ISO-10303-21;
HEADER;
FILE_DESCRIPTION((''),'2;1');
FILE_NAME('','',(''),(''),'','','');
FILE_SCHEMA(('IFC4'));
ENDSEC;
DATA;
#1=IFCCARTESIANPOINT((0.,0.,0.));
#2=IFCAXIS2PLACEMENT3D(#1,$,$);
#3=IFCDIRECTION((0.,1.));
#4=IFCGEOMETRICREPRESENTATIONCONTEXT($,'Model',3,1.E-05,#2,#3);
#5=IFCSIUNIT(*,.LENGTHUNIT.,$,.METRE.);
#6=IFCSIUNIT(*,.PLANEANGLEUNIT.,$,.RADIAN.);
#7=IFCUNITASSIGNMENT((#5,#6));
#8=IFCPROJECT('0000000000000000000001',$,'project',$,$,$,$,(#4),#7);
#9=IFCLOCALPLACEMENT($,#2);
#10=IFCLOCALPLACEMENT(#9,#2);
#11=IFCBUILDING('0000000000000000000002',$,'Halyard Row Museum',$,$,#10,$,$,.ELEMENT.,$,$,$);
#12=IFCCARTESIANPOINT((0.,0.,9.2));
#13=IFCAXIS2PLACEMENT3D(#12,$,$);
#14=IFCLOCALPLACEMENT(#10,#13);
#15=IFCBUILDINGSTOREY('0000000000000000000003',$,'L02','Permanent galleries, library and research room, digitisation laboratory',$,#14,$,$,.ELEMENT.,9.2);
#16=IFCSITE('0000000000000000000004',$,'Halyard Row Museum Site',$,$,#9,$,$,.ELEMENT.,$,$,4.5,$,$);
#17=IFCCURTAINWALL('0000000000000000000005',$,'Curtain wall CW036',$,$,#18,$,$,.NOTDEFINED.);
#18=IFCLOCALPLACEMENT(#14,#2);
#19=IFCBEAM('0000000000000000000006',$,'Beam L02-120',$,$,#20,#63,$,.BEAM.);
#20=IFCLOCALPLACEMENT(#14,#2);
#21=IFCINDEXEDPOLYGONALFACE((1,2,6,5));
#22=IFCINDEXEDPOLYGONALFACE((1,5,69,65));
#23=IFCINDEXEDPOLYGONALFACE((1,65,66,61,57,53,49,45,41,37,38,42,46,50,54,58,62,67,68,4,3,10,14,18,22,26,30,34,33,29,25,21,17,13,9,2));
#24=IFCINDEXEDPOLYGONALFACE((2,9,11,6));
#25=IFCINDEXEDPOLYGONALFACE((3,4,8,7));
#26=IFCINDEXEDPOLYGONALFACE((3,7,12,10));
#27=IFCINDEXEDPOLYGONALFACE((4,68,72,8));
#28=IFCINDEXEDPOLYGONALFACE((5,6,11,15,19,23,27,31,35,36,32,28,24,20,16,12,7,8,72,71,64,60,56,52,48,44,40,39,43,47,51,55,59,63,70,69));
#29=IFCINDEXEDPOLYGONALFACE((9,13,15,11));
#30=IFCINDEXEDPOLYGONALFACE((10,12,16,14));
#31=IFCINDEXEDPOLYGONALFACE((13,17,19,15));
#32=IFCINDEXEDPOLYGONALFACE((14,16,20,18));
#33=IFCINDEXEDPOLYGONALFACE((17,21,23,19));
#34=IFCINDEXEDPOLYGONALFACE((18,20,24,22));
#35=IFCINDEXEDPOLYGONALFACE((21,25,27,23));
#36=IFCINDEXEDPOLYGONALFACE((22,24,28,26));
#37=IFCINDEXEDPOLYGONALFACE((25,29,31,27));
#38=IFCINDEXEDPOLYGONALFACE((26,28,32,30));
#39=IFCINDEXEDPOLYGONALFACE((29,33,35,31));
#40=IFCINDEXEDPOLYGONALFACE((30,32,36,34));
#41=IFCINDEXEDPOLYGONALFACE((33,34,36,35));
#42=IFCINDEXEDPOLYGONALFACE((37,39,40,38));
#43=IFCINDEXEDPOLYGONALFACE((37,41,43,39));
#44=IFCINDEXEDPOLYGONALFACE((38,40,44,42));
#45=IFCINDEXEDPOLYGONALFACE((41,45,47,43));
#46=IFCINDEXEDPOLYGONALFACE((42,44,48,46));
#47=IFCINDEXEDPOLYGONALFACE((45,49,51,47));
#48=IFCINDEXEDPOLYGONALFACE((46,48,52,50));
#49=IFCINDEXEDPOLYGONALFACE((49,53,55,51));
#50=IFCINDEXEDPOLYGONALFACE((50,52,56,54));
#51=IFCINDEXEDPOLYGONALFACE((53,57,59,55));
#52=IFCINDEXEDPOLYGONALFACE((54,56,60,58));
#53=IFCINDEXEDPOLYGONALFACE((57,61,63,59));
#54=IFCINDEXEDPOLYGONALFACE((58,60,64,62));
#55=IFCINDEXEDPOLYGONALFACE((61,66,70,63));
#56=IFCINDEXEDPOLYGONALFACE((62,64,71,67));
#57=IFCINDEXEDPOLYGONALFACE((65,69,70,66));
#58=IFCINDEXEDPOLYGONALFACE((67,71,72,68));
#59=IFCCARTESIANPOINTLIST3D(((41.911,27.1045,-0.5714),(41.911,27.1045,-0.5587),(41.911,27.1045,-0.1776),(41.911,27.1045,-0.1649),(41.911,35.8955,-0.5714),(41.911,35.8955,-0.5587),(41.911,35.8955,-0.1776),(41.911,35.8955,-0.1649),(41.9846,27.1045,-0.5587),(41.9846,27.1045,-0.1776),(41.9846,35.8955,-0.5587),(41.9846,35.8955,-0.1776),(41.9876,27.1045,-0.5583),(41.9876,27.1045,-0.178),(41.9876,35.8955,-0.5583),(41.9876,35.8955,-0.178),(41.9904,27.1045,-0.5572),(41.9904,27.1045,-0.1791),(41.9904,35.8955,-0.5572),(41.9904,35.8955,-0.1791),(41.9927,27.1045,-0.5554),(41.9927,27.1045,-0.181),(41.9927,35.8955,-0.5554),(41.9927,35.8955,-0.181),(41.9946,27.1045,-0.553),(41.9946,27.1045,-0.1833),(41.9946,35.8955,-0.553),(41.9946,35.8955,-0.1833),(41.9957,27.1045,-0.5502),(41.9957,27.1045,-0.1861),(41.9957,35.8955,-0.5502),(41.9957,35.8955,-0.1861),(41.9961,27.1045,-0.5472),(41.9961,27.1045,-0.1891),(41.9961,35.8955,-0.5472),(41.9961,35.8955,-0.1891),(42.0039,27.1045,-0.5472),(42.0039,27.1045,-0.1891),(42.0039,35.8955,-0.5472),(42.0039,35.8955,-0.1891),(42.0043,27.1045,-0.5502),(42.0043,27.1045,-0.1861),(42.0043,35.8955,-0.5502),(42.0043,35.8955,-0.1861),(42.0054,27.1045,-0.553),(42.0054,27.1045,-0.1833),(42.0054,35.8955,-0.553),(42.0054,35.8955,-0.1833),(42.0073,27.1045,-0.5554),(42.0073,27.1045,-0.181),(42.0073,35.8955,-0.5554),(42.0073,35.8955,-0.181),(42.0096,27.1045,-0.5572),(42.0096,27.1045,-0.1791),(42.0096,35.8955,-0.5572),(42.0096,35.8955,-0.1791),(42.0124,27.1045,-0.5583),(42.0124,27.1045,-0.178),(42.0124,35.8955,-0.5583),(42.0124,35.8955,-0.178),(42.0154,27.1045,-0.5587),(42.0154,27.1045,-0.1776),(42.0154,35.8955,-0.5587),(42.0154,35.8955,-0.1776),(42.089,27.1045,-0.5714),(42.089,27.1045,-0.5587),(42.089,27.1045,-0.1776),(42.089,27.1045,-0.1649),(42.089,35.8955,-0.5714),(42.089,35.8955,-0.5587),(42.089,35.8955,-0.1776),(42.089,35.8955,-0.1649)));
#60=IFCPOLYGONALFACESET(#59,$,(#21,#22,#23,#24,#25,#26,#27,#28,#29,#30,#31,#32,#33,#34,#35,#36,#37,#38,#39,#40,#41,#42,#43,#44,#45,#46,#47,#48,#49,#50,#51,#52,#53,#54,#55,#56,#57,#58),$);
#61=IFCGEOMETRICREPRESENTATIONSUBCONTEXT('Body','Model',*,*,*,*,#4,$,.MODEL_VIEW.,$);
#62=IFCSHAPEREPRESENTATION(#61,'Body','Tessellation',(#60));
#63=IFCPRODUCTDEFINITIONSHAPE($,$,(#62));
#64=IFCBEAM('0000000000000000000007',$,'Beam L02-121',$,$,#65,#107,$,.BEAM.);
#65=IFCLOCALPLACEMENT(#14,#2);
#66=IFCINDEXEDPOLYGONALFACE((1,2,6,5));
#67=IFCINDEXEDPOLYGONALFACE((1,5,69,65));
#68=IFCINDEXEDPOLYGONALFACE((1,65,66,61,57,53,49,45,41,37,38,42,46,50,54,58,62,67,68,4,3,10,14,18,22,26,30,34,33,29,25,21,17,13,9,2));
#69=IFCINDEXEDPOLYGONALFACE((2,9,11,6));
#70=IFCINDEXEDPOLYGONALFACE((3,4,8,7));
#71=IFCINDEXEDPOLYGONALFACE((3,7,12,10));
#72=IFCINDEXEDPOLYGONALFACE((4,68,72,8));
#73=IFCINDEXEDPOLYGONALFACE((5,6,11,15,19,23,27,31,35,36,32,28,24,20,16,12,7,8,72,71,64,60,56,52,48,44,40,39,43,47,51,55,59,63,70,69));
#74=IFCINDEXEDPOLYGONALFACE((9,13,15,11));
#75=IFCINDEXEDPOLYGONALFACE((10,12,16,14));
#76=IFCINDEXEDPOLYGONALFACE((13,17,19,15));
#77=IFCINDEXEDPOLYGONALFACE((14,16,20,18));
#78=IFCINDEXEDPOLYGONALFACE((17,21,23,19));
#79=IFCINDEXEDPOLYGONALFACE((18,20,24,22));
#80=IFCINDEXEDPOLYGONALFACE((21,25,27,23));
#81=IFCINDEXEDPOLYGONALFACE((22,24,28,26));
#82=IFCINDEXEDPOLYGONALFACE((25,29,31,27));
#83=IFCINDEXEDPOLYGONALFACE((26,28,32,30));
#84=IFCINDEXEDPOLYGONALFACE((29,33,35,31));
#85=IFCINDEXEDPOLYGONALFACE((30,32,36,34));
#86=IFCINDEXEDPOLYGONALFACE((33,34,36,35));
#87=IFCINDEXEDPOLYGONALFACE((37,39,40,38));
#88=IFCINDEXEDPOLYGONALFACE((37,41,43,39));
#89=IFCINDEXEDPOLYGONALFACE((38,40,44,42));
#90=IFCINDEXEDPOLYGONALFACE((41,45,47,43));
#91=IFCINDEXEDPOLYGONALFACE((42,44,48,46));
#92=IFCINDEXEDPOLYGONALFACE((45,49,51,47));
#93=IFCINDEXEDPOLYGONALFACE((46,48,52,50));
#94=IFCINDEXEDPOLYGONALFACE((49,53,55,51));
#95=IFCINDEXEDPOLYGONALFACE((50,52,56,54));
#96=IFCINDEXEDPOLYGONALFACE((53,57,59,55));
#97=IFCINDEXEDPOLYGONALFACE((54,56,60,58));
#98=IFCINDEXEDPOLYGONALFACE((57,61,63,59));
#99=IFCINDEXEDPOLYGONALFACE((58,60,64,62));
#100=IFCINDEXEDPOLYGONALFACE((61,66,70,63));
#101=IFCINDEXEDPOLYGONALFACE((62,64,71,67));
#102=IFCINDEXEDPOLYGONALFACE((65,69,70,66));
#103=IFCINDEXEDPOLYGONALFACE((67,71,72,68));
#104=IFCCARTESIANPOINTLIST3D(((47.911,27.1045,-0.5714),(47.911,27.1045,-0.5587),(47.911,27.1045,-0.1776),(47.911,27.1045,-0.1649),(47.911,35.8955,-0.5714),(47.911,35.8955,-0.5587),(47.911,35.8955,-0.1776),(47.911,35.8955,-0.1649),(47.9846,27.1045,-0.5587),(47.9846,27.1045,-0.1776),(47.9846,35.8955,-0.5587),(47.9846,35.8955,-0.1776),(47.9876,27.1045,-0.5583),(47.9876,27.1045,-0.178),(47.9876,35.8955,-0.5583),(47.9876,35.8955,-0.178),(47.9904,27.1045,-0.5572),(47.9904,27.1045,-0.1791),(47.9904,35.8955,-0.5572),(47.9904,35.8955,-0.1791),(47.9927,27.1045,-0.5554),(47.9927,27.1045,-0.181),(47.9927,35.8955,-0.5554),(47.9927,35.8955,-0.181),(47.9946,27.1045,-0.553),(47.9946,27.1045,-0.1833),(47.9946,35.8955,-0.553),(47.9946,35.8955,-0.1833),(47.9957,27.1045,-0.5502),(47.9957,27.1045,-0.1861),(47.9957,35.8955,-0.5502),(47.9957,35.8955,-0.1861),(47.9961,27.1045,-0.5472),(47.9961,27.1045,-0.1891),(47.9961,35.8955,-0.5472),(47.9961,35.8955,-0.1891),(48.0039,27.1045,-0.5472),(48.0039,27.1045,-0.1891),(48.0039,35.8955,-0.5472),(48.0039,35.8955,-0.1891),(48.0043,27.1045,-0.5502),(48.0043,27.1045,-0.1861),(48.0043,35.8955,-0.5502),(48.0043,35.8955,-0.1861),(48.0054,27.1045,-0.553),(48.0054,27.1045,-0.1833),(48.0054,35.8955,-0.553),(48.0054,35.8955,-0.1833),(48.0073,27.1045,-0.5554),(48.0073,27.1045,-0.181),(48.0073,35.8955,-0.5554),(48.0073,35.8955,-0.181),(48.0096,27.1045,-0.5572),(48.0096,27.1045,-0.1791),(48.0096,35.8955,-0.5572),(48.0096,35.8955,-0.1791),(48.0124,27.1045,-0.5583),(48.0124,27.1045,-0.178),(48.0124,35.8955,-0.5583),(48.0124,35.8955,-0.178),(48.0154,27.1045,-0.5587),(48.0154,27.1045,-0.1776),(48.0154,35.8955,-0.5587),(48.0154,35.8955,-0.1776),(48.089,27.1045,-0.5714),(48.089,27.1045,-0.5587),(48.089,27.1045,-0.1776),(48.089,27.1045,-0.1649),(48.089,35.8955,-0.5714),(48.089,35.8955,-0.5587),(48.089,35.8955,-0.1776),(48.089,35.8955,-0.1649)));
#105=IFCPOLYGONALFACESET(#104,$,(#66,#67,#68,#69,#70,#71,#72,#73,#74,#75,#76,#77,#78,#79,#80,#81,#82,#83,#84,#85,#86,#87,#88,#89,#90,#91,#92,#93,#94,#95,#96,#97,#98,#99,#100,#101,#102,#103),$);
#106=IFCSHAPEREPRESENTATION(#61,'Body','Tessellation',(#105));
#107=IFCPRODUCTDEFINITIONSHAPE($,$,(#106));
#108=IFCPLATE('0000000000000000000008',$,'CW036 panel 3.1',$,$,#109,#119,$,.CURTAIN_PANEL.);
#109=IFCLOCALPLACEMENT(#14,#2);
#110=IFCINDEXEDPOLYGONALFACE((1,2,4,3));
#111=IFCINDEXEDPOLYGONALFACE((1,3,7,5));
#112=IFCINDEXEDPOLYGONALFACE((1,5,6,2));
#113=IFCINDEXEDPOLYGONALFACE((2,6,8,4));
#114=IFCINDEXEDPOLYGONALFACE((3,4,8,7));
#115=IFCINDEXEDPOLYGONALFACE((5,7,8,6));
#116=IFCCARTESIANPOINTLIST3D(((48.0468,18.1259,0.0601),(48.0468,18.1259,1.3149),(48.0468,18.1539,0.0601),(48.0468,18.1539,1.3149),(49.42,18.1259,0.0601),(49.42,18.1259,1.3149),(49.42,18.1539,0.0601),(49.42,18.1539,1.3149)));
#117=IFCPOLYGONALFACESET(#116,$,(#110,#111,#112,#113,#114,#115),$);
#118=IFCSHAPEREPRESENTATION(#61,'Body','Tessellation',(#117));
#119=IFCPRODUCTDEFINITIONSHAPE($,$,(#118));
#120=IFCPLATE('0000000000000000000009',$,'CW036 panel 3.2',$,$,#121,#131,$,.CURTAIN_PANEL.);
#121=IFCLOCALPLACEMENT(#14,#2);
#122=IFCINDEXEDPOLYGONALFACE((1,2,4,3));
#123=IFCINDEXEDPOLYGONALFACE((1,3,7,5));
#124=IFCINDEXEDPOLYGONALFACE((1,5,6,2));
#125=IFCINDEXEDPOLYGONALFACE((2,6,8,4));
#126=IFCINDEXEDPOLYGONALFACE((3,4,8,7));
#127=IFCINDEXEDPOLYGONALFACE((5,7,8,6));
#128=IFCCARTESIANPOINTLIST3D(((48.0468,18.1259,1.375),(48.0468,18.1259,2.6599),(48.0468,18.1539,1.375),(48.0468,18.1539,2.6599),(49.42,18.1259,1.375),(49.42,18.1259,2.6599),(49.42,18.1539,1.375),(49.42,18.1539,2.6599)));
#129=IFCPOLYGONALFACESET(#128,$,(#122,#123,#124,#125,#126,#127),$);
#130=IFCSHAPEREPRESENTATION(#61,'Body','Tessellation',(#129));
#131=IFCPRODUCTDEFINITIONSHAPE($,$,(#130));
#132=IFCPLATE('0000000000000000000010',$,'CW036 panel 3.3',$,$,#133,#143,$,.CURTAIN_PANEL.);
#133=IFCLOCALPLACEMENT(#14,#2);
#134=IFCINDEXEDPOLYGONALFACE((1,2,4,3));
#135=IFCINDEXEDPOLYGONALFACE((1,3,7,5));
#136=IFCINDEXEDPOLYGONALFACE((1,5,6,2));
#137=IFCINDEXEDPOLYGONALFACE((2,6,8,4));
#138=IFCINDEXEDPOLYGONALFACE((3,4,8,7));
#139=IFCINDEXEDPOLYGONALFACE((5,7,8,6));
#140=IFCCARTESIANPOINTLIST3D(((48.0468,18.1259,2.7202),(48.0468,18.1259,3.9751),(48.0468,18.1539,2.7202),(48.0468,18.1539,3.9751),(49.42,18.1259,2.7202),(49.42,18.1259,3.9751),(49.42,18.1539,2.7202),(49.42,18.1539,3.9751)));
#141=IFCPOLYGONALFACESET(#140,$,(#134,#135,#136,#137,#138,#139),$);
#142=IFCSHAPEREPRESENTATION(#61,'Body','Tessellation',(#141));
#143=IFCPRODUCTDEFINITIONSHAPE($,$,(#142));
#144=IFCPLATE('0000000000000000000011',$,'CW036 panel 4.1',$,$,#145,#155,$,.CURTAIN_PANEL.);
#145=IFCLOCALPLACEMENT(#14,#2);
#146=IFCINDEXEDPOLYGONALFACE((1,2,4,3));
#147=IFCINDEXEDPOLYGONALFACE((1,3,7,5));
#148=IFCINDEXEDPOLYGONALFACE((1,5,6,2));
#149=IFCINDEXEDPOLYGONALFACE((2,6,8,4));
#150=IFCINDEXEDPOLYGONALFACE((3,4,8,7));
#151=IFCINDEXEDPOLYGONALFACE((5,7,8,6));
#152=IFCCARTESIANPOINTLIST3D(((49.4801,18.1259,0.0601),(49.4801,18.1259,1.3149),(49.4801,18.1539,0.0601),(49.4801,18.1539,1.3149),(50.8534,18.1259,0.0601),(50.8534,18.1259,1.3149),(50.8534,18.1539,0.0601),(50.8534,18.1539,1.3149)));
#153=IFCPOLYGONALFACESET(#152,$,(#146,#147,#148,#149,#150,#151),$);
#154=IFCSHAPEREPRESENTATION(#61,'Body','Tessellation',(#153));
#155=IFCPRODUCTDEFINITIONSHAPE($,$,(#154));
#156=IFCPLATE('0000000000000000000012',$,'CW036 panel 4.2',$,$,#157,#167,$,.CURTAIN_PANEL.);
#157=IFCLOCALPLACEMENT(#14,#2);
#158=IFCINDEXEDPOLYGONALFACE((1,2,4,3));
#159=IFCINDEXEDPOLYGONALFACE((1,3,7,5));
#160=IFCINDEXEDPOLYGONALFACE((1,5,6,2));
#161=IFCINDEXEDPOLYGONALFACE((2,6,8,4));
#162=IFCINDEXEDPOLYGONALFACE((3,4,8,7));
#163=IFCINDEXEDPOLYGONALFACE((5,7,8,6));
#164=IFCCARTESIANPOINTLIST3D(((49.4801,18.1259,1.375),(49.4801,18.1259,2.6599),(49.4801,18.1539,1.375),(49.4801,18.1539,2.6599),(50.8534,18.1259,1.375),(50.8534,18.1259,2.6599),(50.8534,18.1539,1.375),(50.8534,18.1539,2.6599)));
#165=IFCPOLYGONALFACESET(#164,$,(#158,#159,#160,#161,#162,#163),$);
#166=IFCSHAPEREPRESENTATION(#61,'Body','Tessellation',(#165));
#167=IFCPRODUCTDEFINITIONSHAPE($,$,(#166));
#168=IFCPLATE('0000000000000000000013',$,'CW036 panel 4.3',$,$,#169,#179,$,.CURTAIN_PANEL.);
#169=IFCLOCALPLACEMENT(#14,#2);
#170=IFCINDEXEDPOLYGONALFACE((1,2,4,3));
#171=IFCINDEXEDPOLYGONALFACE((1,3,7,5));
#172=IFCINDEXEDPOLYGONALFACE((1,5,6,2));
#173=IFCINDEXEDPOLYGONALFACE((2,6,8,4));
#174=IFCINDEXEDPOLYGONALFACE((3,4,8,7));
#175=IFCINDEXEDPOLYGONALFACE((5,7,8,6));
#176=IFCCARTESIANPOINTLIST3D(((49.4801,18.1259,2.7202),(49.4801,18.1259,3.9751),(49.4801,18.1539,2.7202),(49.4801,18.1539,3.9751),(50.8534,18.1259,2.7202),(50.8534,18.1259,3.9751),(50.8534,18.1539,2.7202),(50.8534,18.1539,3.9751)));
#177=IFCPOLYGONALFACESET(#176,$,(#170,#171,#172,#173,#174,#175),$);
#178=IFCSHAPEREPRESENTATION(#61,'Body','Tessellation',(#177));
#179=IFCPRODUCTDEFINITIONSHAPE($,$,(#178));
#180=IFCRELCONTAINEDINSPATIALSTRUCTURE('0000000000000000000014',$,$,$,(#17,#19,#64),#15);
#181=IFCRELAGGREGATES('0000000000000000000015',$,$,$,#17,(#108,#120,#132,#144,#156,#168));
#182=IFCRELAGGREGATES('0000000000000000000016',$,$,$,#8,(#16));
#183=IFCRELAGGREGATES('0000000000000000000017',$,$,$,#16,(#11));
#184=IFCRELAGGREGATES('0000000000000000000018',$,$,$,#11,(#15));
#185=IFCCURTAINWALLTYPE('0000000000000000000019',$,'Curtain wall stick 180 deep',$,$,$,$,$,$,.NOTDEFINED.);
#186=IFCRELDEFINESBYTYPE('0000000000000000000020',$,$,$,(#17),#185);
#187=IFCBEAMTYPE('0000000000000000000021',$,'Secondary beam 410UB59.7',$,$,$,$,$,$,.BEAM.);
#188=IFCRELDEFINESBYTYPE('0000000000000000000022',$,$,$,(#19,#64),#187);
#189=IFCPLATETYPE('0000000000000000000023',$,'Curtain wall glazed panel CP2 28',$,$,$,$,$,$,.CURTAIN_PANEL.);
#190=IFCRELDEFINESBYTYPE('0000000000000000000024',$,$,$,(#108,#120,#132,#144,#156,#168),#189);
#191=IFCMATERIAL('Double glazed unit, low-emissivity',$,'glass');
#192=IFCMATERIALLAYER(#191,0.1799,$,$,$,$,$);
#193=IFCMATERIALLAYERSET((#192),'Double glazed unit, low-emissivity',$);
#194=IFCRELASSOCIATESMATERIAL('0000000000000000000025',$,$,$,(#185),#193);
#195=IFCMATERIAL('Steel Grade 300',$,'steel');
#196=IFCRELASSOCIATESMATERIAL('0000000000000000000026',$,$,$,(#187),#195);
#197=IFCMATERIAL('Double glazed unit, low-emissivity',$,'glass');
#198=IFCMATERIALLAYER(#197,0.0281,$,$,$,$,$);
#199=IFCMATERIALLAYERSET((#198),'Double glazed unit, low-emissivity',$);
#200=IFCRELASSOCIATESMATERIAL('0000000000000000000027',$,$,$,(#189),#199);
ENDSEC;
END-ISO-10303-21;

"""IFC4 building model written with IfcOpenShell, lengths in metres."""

from ifc_helpers import new_model, si_unit, direction, frame, origin, origin_2d, place, context, subcontext, project, spatial, rectangle, i_section, extrude, material, layer, layer_set, material_profile, profile_set, type_object, element, aggregate, save


model = new_model("IFC4")

# Units and contexts
model_context = context("Model", 3, precision=1e-05, world=origin(), true_north=direction((0.0, 1.0)))
body_context = subcontext(model_context, "Body", "Model", "MODEL_VIEW")
ifc_project = project(units=[si_unit("LENGTHUNIT", "METRE"), si_unit("PLANEANGLEUNIT", "RADIAN")], contexts=[model_context])

# Site, building, storey
site_placement = place(None, origin())
site = spatial("IfcSite", under=ifc_project, at=site_placement, Name="Halyard Row Museum Site", CompositionType="ELEMENT", RefElevation=4.5)
building_placement = place(site_placement, origin())
building = spatial("IfcBuilding", under=site, at=building_placement, Name="Halyard Row Museum", CompositionType="ELEMENT")
storey_placement = place(building_placement, frame((0.0, 0.0, 9.2)))
storey = spatial("IfcBuildingStorey", under=building, at=storey_placement, Name="L02", Description="Permanent galleries, library and research room, digitisation laboratory", CompositionType="ELEMENT", Elevation=9.2)

# Curtain wall
ifc_material_1 = material(Name="Double glazed unit, low-emissivity", Category="glass")
ifc_layer_1 = layer(ifc_material_1, 0.1799)
ifc_layer_set_1 = layer_set([ifc_layer_1], Name="Double glazed unit, low-emissivity")
curtain_wall_type = type_object("IfcCurtainWallType", Name="Curtain wall stick 180 deep", PredefinedType="NOTDEFINED", material=ifc_layer_set_1)
curtain_wall_placement = place(storey_placement, origin())
curtain_wall = element("IfcCurtainWall", 1, at=curtain_wall_placement, inside=storey, type_object=curtain_wall_type, Name="Curtain wall CW036", PredefinedType="NOTDEFINED")

# Beams
ifc_material_2 = material(Name="Steel Grade 300", Category="steel")
ifc_material_profile_1 = material_profile(ifc_material_2, i_section(OverallWidth=0.178, OverallDepth=0.4065, WebThickness=0.0078, FlangeThickness=0.0127, FilletRadius=0.0115, at=origin_2d()), Name="410UB59.7")
ifc_profile_set_1 = profile_set([ifc_material_profile_1], Name="Steel Grade 300")
beam_type_1 = type_object("IfcBeamType", Name="Secondary beam 410UB59.7", PredefinedType="BEAM", material=ifc_profile_set_1)
for number, where, z_axis, x_axis, name in (
    (2, (42.0, 27.1045, -0.3682), (0.0, 1.0, 0.0), (-1.0, 0.0, 0.0), "Beam L02-120"),
    (3, (48.0, 27.1045, -0.3682), (0.0, 1.0, 0.0), (-1.0, 0.0, 0.0), "Beam L02-121"),
):
    element("IfcBeam", number, at=place(storey_placement, frame(where, z_axis=z_axis, x_axis=x_axis)), inside=storey, type_object=beam_type_1, Name=name, PredefinedType="BEAM", context=body_context, shape_type="SweptSolid", body=[
        extrude(i_section(OverallWidth=0.178, OverallDepth=0.4065, WebThickness=0.0078, FlangeThickness=0.0127, FilletRadius=0.0115, at=origin_2d()), origin(), (0.0, 0.0, 1.0), 8.791),
    ])

# Plates
ifc_material_3 = material(Name="Double glazed unit, low-emissivity", Category="glass")
ifc_layer_2 = layer(ifc_material_3, 0.0281)
ifc_layer_set_2 = layer_set([ifc_layer_2], Name="Double glazed unit, low-emissivity")
plate_type = type_object("IfcPlateType", Name="Curtain wall glazed panel CP2 28", PredefinedType="CURTAIN_PANEL", material=ifc_layer_set_2)
plate_1_placement = place(storey_placement, frame((48.7334, 18.1399, 0.0601), z_axis=(0.0, 0.0, 1.0), x_axis=(1.0, 0.0, 0.0)))
plate_1 = element("IfcPlate", 4, at=plate_1_placement, type_object=plate_type, Name="CW036 panel 3.1", PredefinedType="CURTAIN_PANEL", context=body_context, shape_type="SweptSolid", body=[
    extrude(rectangle(XDim=1.3733, YDim=0.0281, at=origin_2d()), origin(), (0.0, 0.0, 1.0), 1.2549),
])
plate_2_placement = place(storey_placement, frame((48.7334, 18.1399, 1.375), z_axis=(0.0, 0.0, 1.0), x_axis=(1.0, 0.0, 0.0)))
plate_2 = element("IfcPlate", 5, at=plate_2_placement, type_object=plate_type, Name="CW036 panel 3.2", PredefinedType="CURTAIN_PANEL", context=body_context, shape_type="SweptSolid", body=[
    extrude(rectangle(XDim=1.3733, YDim=0.0281, at=origin_2d()), origin(), (0.0, 0.0, 1.0), 1.2849),
])
plate_3_placement = place(storey_placement, frame((48.7334, 18.1399, 2.7202), z_axis=(0.0, 0.0, 1.0), x_axis=(1.0, 0.0, 0.0)))
plate_3 = element("IfcPlate", 6, at=plate_3_placement, type_object=plate_type, Name="CW036 panel 3.3", PredefinedType="CURTAIN_PANEL", context=body_context, shape_type="SweptSolid", body=[
    extrude(rectangle(XDim=1.3733, YDim=0.0281, at=origin_2d()), origin(), (0.0, 0.0, 1.0), 1.2549),
])
plate_4_placement = place(storey_placement, frame((50.1667, 18.1399, 0.0601), z_axis=(0.0, 0.0, 1.0), x_axis=(1.0, 0.0, 0.0)))
plate_4 = element("IfcPlate", 7, at=plate_4_placement, type_object=plate_type, Name="CW036 panel 4.1", PredefinedType="CURTAIN_PANEL", context=body_context, shape_type="SweptSolid", body=[
    extrude(rectangle(XDim=1.3733, YDim=0.0281, at=origin_2d()), origin(), (0.0, 0.0, 1.0), 1.2549),
])
plate_5_placement = place(storey_placement, frame((50.1667, 18.1399, 1.375), z_axis=(0.0, 0.0, 1.0), x_axis=(1.0, 0.0, 0.0)))
plate_5 = element("IfcPlate", 8, at=plate_5_placement, type_object=plate_type, Name="CW036 panel 4.2", PredefinedType="CURTAIN_PANEL", context=body_context, shape_type="SweptSolid", body=[
    extrude(rectangle(XDim=1.3733, YDim=0.0281, at=origin_2d()), origin(), (0.0, 0.0, 1.0), 1.2849),
])
plate_6_placement = place(storey_placement, frame((50.1667, 18.1399, 2.7202), z_axis=(0.0, 0.0, 1.0), x_axis=(1.0, 0.0, 0.0)))
plate_6 = element("IfcPlate", 9, at=plate_6_placement, type_object=plate_type, Name="CW036 panel 4.3", PredefinedType="CURTAIN_PANEL", context=body_context, shape_type="SweptSolid", body=[
    extrude(rectangle(XDim=1.3733, YDim=0.0281, at=origin_2d()), origin(), (0.0, 0.0, 1.0), 1.2549),
])
aggregate(curtain_wall, [plate_1, plate_2, plate_3, plate_4, plate_5, plate_6])

save(model, "model.ifc")
